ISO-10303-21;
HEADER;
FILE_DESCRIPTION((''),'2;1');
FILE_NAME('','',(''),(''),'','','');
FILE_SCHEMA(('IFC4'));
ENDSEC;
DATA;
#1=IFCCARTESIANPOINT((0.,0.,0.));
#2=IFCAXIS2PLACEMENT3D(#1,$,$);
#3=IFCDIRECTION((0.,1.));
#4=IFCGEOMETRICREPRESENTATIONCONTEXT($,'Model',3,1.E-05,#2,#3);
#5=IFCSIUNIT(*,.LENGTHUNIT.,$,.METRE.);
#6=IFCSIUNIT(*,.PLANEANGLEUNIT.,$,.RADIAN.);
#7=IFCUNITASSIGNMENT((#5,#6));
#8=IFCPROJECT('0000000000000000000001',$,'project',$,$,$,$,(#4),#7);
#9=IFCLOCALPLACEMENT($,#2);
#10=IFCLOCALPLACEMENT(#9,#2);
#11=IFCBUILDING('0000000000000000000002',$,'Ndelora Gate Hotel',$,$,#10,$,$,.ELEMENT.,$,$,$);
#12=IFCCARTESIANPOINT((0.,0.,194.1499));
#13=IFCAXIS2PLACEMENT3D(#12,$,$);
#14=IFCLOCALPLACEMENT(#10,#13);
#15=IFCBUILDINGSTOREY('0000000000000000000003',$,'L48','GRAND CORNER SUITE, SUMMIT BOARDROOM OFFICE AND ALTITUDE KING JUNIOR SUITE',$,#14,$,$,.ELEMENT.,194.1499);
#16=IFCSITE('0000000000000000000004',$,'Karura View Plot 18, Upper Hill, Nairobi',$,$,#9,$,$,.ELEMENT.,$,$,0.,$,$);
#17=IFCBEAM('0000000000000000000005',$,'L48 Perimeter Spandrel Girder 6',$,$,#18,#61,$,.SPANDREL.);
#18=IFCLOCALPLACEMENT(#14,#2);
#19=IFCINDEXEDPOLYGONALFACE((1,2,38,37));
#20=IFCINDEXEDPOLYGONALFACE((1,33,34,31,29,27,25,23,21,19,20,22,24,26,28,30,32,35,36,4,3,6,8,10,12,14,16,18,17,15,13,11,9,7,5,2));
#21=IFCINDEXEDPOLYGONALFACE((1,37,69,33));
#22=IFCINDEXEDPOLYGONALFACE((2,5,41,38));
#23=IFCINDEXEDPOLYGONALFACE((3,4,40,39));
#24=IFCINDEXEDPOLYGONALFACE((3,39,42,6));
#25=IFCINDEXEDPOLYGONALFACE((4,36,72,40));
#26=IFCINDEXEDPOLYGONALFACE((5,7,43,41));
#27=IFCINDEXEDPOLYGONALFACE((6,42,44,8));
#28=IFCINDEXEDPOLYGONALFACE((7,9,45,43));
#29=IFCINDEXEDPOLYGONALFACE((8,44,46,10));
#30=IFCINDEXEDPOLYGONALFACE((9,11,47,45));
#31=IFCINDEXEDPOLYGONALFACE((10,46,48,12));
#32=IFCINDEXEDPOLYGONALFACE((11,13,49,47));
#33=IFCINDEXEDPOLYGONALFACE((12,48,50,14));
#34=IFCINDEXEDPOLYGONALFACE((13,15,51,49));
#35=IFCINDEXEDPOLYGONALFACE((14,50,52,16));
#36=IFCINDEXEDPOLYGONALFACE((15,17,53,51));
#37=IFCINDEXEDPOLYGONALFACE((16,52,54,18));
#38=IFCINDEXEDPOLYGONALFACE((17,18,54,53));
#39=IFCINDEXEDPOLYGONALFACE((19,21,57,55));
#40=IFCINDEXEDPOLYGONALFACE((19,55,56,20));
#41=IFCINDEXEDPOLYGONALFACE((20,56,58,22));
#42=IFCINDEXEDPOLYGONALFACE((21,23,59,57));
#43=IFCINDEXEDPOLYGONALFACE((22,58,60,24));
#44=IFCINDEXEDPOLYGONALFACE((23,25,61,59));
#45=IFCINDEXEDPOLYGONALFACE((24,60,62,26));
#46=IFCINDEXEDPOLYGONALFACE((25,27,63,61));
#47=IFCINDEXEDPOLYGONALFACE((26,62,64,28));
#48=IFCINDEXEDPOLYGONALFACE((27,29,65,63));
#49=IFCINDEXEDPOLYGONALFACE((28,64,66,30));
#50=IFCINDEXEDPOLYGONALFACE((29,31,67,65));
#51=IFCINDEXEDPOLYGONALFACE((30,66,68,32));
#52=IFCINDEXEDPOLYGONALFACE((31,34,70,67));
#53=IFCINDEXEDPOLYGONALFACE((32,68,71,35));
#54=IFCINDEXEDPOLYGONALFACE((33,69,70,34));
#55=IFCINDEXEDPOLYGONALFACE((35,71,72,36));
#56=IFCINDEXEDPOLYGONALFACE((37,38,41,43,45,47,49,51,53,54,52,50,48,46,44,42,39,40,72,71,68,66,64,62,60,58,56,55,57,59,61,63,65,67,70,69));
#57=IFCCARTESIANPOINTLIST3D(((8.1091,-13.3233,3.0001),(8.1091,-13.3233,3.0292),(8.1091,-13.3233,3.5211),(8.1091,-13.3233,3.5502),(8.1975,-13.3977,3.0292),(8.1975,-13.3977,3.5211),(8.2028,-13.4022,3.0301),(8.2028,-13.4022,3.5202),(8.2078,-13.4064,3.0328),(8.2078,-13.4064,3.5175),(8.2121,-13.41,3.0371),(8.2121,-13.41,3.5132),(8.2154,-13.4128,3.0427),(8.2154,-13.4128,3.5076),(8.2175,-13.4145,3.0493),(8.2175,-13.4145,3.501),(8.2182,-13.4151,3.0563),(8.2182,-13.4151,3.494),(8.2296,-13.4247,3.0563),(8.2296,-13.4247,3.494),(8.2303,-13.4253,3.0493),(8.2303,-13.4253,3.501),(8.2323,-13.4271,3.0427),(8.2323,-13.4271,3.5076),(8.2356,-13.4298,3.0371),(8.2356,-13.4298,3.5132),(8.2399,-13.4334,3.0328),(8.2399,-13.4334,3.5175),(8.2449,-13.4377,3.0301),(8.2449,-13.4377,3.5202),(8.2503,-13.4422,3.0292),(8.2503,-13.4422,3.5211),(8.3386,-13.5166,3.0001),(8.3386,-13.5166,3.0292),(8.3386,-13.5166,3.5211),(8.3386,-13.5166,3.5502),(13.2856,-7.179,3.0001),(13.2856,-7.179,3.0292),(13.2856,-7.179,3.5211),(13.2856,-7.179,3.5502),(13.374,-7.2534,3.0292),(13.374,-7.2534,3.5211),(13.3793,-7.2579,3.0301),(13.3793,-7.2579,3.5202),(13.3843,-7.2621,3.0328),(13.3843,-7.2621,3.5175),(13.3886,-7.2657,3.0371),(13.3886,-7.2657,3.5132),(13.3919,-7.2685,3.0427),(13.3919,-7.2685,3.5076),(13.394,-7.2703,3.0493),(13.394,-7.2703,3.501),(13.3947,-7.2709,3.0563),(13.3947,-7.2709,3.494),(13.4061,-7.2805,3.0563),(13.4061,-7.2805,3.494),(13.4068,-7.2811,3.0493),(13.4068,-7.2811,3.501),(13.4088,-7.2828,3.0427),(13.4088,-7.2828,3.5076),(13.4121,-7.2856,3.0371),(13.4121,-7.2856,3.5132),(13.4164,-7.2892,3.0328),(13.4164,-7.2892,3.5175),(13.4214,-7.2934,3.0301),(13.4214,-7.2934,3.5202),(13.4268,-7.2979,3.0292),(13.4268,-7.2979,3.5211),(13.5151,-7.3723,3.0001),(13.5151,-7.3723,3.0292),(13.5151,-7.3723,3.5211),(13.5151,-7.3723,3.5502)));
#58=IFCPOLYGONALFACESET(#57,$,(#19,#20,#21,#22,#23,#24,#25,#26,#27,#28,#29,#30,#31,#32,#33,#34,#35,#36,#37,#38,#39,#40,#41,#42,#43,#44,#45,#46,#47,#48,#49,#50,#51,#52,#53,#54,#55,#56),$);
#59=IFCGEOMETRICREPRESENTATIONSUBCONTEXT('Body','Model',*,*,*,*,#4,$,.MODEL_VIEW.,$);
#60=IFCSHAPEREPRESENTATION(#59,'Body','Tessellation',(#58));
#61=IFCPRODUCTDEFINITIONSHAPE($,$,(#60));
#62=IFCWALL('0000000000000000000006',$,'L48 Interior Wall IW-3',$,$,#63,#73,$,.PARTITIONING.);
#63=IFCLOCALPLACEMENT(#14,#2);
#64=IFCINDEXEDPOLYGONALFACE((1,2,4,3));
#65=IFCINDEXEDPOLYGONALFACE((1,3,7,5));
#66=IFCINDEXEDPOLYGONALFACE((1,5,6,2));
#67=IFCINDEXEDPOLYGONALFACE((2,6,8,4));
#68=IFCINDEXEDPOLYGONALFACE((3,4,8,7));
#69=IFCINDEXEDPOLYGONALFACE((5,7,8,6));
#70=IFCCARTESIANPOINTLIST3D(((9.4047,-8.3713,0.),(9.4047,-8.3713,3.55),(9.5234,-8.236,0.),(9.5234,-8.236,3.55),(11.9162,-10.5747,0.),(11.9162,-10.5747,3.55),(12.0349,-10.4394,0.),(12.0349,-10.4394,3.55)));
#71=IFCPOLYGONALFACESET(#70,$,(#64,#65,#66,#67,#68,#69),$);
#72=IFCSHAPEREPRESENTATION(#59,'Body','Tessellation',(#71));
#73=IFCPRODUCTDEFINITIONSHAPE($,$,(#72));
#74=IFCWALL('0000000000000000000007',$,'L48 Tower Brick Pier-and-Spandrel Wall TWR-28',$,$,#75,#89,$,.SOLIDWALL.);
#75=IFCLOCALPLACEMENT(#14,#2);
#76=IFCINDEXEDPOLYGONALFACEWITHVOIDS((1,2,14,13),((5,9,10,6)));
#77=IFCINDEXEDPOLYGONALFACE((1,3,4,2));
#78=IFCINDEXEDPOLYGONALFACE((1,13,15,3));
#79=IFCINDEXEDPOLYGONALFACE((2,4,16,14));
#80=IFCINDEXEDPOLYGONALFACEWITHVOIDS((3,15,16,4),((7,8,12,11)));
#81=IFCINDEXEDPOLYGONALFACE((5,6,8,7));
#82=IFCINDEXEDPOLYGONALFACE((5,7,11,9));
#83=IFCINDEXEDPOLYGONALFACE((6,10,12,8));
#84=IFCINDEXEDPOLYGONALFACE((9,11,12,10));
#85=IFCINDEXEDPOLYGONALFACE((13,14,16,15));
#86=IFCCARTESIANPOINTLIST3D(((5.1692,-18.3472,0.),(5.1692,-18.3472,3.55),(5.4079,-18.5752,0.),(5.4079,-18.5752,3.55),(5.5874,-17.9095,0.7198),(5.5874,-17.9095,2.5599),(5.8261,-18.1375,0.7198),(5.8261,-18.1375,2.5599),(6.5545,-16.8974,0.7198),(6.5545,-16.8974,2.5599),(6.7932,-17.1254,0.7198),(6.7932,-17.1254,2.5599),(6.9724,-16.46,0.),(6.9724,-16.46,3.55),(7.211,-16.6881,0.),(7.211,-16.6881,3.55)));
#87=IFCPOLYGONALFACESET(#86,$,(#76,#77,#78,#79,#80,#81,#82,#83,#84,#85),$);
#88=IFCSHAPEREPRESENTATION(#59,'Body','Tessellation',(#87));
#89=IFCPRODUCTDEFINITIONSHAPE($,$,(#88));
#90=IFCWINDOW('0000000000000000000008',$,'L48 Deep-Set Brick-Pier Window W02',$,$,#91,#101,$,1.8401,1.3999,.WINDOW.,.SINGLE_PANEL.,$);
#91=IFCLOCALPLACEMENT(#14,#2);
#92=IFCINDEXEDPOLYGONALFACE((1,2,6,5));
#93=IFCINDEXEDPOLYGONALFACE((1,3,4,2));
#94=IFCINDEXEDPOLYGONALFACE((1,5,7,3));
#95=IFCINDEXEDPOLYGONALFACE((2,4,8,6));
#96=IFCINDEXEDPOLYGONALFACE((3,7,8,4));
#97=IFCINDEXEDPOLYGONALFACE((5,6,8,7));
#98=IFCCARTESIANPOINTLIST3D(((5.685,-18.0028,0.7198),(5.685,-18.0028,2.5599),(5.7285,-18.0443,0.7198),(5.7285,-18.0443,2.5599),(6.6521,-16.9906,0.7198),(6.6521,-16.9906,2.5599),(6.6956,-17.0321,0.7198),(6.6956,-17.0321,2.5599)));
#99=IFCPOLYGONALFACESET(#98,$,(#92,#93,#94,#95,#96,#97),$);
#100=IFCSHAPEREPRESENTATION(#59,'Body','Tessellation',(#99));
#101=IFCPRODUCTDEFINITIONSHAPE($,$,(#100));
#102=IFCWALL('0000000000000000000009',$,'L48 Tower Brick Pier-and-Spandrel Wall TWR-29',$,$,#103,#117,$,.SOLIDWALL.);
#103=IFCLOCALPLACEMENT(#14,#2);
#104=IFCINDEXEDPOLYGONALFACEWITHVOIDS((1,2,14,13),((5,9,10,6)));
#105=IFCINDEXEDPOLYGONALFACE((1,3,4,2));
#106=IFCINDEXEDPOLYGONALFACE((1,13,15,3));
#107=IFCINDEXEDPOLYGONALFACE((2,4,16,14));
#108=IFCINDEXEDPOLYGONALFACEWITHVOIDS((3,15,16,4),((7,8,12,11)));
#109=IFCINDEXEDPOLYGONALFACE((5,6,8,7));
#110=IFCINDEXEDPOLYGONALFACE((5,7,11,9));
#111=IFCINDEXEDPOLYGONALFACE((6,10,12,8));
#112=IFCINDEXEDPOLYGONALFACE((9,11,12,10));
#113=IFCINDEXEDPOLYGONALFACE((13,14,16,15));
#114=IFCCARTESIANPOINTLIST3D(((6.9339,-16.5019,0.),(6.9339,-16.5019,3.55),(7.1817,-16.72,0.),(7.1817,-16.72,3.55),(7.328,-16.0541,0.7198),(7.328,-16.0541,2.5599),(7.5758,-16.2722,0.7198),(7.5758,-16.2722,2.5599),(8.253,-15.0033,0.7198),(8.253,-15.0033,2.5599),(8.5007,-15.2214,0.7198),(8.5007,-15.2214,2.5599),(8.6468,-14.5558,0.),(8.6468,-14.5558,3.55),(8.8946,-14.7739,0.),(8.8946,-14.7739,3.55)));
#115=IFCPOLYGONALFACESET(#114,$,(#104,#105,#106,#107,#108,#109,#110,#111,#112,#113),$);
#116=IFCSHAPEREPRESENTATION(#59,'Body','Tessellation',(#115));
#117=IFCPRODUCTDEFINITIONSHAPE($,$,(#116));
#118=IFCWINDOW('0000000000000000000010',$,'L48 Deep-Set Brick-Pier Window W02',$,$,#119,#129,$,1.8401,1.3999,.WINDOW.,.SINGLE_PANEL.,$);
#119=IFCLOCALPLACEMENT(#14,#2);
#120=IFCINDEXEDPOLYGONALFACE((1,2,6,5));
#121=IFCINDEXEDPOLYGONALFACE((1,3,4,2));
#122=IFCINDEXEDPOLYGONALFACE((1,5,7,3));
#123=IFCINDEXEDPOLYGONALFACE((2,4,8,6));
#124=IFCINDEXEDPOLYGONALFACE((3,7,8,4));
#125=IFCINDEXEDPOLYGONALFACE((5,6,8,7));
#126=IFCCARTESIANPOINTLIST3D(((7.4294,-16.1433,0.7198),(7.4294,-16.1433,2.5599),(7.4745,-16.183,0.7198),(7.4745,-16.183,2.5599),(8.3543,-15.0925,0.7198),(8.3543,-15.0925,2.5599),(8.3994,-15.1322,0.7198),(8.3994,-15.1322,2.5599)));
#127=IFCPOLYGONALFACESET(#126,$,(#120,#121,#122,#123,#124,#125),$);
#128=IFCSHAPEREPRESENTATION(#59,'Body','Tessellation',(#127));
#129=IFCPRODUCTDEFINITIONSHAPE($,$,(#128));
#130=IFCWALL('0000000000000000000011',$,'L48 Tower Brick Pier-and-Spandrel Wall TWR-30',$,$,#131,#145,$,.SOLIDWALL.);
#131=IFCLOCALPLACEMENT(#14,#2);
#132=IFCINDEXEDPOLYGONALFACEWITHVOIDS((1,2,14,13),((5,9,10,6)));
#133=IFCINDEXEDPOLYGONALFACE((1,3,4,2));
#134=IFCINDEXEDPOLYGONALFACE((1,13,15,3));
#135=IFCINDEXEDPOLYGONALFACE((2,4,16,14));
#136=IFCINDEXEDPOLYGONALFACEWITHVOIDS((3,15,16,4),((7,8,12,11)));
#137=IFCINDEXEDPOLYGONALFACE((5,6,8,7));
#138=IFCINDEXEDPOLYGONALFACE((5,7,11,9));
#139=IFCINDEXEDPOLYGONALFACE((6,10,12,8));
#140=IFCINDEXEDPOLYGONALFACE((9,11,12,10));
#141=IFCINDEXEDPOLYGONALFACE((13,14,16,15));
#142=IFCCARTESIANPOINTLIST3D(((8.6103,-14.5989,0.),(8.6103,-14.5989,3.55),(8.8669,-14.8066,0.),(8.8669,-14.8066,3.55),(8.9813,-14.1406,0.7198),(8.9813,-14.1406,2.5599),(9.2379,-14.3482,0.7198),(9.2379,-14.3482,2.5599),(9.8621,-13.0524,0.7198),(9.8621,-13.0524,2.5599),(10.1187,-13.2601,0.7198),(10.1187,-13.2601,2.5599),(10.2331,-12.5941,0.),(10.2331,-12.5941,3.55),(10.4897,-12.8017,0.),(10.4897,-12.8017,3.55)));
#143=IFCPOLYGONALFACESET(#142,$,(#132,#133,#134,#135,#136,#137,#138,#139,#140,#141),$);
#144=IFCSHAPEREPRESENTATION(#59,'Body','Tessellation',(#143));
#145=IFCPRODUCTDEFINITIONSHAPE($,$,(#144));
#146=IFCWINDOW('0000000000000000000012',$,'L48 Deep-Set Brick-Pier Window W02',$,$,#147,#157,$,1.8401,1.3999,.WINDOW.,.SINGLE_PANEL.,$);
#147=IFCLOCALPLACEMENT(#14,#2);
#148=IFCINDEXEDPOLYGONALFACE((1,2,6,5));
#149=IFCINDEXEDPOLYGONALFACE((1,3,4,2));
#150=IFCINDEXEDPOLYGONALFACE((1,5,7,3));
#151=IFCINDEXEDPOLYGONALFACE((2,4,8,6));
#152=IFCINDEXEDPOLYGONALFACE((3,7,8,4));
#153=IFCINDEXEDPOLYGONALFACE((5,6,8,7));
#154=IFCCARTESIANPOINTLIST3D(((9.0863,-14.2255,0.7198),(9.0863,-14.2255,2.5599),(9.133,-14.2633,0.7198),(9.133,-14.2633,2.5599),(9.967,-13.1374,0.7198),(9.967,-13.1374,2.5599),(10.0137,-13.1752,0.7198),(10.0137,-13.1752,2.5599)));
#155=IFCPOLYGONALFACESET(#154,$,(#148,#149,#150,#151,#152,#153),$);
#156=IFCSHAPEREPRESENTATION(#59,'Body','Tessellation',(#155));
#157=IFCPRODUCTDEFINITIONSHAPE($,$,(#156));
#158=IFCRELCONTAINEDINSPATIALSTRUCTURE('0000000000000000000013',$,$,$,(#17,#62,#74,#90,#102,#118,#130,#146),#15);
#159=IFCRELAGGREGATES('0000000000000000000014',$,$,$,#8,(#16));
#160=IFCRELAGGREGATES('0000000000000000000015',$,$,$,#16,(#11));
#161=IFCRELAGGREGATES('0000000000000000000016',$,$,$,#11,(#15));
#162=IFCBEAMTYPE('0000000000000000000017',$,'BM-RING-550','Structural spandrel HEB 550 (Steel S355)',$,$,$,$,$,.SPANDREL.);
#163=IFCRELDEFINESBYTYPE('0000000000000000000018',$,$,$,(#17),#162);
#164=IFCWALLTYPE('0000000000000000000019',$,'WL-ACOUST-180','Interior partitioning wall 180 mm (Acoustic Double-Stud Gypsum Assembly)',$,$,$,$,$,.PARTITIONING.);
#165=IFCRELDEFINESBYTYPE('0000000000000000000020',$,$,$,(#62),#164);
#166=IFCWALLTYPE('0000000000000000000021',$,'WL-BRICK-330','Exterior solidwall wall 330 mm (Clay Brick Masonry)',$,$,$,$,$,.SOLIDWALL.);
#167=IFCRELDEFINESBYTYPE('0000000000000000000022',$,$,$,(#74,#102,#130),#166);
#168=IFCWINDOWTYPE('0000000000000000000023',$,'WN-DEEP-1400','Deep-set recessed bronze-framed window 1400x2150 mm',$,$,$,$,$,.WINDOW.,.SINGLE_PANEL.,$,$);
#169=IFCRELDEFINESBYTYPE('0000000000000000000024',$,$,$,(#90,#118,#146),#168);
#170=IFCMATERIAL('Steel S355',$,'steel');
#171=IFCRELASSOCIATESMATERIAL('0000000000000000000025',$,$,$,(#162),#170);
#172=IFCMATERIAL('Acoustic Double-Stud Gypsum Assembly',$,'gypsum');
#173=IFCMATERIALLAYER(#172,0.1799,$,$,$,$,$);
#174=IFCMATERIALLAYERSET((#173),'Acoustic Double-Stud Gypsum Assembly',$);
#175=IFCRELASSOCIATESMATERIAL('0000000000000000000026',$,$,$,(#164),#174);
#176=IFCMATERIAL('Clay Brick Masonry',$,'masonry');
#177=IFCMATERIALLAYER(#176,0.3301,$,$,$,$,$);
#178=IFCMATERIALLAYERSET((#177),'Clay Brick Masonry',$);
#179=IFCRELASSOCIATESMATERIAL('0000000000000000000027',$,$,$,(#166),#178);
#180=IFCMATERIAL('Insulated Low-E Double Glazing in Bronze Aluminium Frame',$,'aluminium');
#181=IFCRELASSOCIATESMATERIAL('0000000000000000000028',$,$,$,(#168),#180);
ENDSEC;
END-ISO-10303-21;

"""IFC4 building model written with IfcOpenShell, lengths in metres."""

from ifc_helpers import new_model, si_unit, direction, frame, frame_2d, origin, origin_2d, place, context, subcontext, project, spatial, rectangle, i_section, extrude, material, layer, layer_set, material_profile, profile_set, type_object, element, fill, save


model = new_model("IFC4")

# Units and contexts
model_context = context("Model", 3, precision=1e-05, world=origin(), true_north=direction((0.0, 1.0)))
body_context = subcontext(model_context, "Body", "Model", "MODEL_VIEW")
ifc_project = project(units=[si_unit("LENGTHUNIT", "METRE"), si_unit("PLANEANGLEUNIT", "RADIAN")], contexts=[model_context])

# Site, building, storey
site_placement = place(None, origin())
site = spatial("IfcSite", under=ifc_project, at=site_placement, Name="Karura View Plot 18, Upper Hill, Nairobi", CompositionType="ELEMENT", RefElevation=0.0)
building_placement = place(site_placement, origin())
building = spatial("IfcBuilding", under=site, at=building_placement, Name="Ndelora Gate Hotel", CompositionType="ELEMENT")
storey_placement = place(building_placement, frame((0.0, 0.0, 194.1499)))
storey = spatial("IfcBuildingStorey", under=building, at=storey_placement, Name="L48", Description="GRAND CORNER SUITE, SUMMIT BOARDROOM OFFICE AND ALTITUDE KING JUNIOR SUITE", CompositionType="ELEMENT", Elevation=194.1499)

# Beam
ifc_material_1 = material(Name="Steel S355", Category="steel")
ifc_material_profile_1 = material_profile(ifc_material_1, i_section(OverallWidth=0.3, OverallDepth=0.55, WebThickness=0.0149, FlangeThickness=0.0291, FilletRadius=0.0271, at=origin_2d()), Name="HEB 550")
ifc_profile_set_1 = profile_set([ifc_material_profile_1], Name="Steel S355")
beam_type_1 = type_object("IfcBeamType", Name="BM-RING-550", Description="Structural spandrel HEB 550 (Steel S355)", PredefinedType="SPANDREL", material=ifc_profile_set_1)
beam_1_placement = place(storey_placement, frame((8.2239, -13.4199, 3.2751), z_axis=(0.644309, 0.764765, 0.0), x_axis=(-0.764765, 0.644309, 0.0)))
element("IfcBeam", 1, at=beam_1_placement, inside=storey, type_object=beam_type_1, Name="L48 Perimeter Spandrel Girder 6", PredefinedType="SPANDREL", context=body_context, shape_type="SweptSolid", body=[
    extrude(i_section(OverallWidth=0.3, OverallDepth=0.55, WebThickness=0.0149, FlangeThickness=0.0291, FilletRadius=0.0271, at=origin_2d()), origin(), (0.0, 0.0, 1.0), 8.0342),
])

# Wall
ifc_material_2 = material(Name="Acoustic Double-Stud Gypsum Assembly", Category="gypsum")
ifc_layer_1 = layer(ifc_material_2, 0.1799)
ifc_layer_set_1 = layer_set([ifc_layer_1], Name="Acoustic Double-Stud Gypsum Assembly")
wall_type_1 = type_object("IfcWallType", Name="WL-ACOUST-180", Description="Interior partitioning wall 180 mm (Acoustic Double-Stud Gypsum Assembly)", PredefinedType="PARTITIONING", material=ifc_layer_set_1)
wall_1_placement = place(storey_placement, frame((9.4641, -8.3037, 0.0), z_axis=(0.0, 0.0, 1.0), x_axis=(0.751711, -0.659492, 0.0)))
element("IfcWall", 2, at=wall_1_placement, inside=storey, type_object=wall_type_1, Name="L48 Interior Wall IW-3", PredefinedType="PARTITIONING", context=body_context, shape_type="SweptSolid", body=[
    extrude(rectangle(XDim=3.3411, YDim=0.1799, at=frame_2d((1.6704, 0.0))), origin(), (0.0, 0.0, 1.0), 3.55),
])

# Walls, openings, windows
ifc_material_3 = material(Name="Clay Brick Masonry", Category="masonry")
ifc_layer_2 = layer(ifc_material_3, 0.3301)
ifc_layer_set_2 = layer_set([ifc_layer_2], Name="Clay Brick Masonry")
wall_type_2 = type_object("IfcWallType", Name="WL-BRICK-330", Description="Exterior solidwall wall 330 mm (Clay Brick Masonry)", PredefinedType="SOLIDWALL", material=ifc_layer_set_2)
wall_2_placement = place(storey_placement, frame((7.0918, -16.574, 0.0), z_axis=(0.0, 0.0, 1.0), x_axis=(-0.690836, -0.723011, 0.0)))
wall_2 = element("IfcWall", 3, at=wall_2_placement, inside=storey, type_object=wall_type_2, Name="L48 Tower Brick Pier-and-Spandrel Wall TWR-28", PredefinedType="SOLIDWALL", context=body_context, shape_type="SweptSolid", body=[
    extrude(rectangle(XDim=2.6101, YDim=0.3301, at=frame_2d((1.3052, 0.0))), origin(), (0.0, 0.0, 1.0), 3.55),
])
opening_1_placement = place(wall_2_placement, frame((0.605, 0.0, 0.72)))
opening_1 = element("IfcOpeningElement", 4, at=opening_1_placement, cuts=wall_2, PredefinedType="OPENING", context=body_context, shape_type="SweptSolid", body=[
    extrude(rectangle(XDim=1.3999, YDim=1.8401, at=frame_2d((0.7, 0.9199))), frame((0.0, 0.175, 0.0), z_axis=(0.0, -1.0, 0.0), x_axis=(1.0, 0.0, 0.0)), (0.0, 0.0, 1.0), 0.3501),
])
ifc_material_4 = material(Name="Insulated Low-E Double Glazing in Bronze Aluminium Frame", Category="aluminium")
window_type = type_object("IfcWindowType", Name="WN-DEEP-1400", Description="Deep-set recessed bronze-framed window 1400x2150 mm", PartitioningType="SINGLE_PANEL", PredefinedType="WINDOW", material=ifc_material_4)
window_1_placement = place(opening_1_placement, origin())
window_1 = element("IfcWindow", 5, at=window_1_placement, inside=storey, type_object=window_type, Name="L48 Deep-Set Brick-Pier Window W02", OverallHeight=1.8401, OverallWidth=1.3999, PartitioningType="SINGLE_PANEL", PredefinedType="WINDOW", context=body_context, shape_type="SweptSolid", body=[
    extrude(rectangle(XDim=1.3999, YDim=1.8401, at=frame_2d((0.7, 0.9199))), frame((0.0, 0.03, 0.0), z_axis=(0.0, -1.0, 0.0), x_axis=(1.0, 0.0, 0.0)), (0.0, 0.0, 1.0), 0.0601),
])
fill(opening_1, window_1)
wall_3_placement = place(storey_placement, frame((8.7708, -14.6648, 0.0), z_axis=(0.0, 0.0, 1.0), x_axis=(-0.660709, -0.750643, 0.0)))
wall_3 = element("IfcWall", 6, at=wall_3_placement, inside=storey, type_object=wall_type_2, Name="L48 Tower Brick Pier-and-Spandrel Wall TWR-29", PredefinedType="SOLIDWALL", context=body_context, shape_type="SweptSolid", body=[
    extrude(rectangle(XDim=2.5925, YDim=0.3301, at=frame_2d((1.2964, 0.0))), origin(), (0.0, 0.0, 1.0), 3.55),
])
opening_2_placement = place(wall_3_placement, frame((0.5962, 0.0, 0.72)))
opening_2 = element("IfcOpeningElement", 7, at=opening_2_placement, cuts=wall_3, PredefinedType="OPENING", context=body_context, shape_type="SweptSolid", body=[
    extrude(rectangle(XDim=1.3999, YDim=1.8401, at=frame_2d((0.7, 0.9199))), frame((0.0, 0.175, 0.0), z_axis=(0.0, -1.0, 0.0), x_axis=(1.0, 0.0, 0.0)), (0.0, 0.0, 1.0), 0.3501),
])
window_2_placement = place(opening_2_placement, origin())
window_2 = element("IfcWindow", 8, at=window_2_placement, inside=storey, type_object=window_type, Name="L48 Deep-Set Brick-Pier Window W02", OverallHeight=1.8401, OverallWidth=1.3999, PartitioningType="SINGLE_PANEL", PredefinedType="WINDOW", context=body_context, shape_type="SweptSolid", body=[
    extrude(rectangle(XDim=1.3999, YDim=1.8401, at=frame_2d((0.7, 0.9199))), frame((0.0, 0.03, 0.0), z_axis=(0.0, -1.0, 0.0), x_axis=(1.0, 0.0, 0.0)), (0.0, 0.0, 1.0), 0.0601),
])
fill(opening_2, window_2)
wall_4_placement = place(storey_placement, frame((10.3613, -12.698, 0.0), z_axis=(0.0, 0.0, 1.0), x_axis=(-0.629152, -0.777282, 0.0)))
wall_4 = element("IfcWall", 9, at=wall_4_placement, inside=storey, type_object=wall_type_2, Name="L48 Tower Brick Pier-and-Spandrel Wall TWR-30", PredefinedType="SOLIDWALL", context=body_context, shape_type="SweptSolid", body=[
    extrude(rectangle(XDim=2.5793, YDim=0.3301, at=frame_2d((1.2896, 0.0))), origin(), (0.0, 0.0, 1.0), 3.55),
])
opening_3_placement = place(wall_4_placement, frame((0.5896, 0.0, 0.72)))
opening_3 = element("IfcOpeningElement", 10, at=opening_3_placement, cuts=wall_4, PredefinedType="OPENING", context=body_context, shape_type="SweptSolid", body=[
    extrude(rectangle(XDim=1.3999, YDim=1.8401, at=frame_2d((0.7, 0.9199))), frame((0.0, 0.175, 0.0), z_axis=(0.0, -1.0, 0.0), x_axis=(1.0, 0.0, 0.0)), (0.0, 0.0, 1.0), 0.3501),
])
window_3_placement = place(opening_3_placement, origin())
window_3 = element("IfcWindow", 11, at=window_3_placement, inside=storey, type_object=window_type, Name="L48 Deep-Set Brick-Pier Window W02", OverallHeight=1.8401, OverallWidth=1.3999, PartitioningType="SINGLE_PANEL", PredefinedType="WINDOW", context=body_context, shape_type="SweptSolid", body=[
    extrude(rectangle(XDim=1.3999, YDim=1.8401, at=frame_2d((0.7, 0.9199))), frame((0.0, 0.03, 0.0), z_axis=(0.0, -1.0, 0.0), x_axis=(1.0, 0.0, 0.0)), (0.0, 0.0, 1.0), 0.0601),
])
fill(opening_3, window_3)

save(model, "model.ifc")
